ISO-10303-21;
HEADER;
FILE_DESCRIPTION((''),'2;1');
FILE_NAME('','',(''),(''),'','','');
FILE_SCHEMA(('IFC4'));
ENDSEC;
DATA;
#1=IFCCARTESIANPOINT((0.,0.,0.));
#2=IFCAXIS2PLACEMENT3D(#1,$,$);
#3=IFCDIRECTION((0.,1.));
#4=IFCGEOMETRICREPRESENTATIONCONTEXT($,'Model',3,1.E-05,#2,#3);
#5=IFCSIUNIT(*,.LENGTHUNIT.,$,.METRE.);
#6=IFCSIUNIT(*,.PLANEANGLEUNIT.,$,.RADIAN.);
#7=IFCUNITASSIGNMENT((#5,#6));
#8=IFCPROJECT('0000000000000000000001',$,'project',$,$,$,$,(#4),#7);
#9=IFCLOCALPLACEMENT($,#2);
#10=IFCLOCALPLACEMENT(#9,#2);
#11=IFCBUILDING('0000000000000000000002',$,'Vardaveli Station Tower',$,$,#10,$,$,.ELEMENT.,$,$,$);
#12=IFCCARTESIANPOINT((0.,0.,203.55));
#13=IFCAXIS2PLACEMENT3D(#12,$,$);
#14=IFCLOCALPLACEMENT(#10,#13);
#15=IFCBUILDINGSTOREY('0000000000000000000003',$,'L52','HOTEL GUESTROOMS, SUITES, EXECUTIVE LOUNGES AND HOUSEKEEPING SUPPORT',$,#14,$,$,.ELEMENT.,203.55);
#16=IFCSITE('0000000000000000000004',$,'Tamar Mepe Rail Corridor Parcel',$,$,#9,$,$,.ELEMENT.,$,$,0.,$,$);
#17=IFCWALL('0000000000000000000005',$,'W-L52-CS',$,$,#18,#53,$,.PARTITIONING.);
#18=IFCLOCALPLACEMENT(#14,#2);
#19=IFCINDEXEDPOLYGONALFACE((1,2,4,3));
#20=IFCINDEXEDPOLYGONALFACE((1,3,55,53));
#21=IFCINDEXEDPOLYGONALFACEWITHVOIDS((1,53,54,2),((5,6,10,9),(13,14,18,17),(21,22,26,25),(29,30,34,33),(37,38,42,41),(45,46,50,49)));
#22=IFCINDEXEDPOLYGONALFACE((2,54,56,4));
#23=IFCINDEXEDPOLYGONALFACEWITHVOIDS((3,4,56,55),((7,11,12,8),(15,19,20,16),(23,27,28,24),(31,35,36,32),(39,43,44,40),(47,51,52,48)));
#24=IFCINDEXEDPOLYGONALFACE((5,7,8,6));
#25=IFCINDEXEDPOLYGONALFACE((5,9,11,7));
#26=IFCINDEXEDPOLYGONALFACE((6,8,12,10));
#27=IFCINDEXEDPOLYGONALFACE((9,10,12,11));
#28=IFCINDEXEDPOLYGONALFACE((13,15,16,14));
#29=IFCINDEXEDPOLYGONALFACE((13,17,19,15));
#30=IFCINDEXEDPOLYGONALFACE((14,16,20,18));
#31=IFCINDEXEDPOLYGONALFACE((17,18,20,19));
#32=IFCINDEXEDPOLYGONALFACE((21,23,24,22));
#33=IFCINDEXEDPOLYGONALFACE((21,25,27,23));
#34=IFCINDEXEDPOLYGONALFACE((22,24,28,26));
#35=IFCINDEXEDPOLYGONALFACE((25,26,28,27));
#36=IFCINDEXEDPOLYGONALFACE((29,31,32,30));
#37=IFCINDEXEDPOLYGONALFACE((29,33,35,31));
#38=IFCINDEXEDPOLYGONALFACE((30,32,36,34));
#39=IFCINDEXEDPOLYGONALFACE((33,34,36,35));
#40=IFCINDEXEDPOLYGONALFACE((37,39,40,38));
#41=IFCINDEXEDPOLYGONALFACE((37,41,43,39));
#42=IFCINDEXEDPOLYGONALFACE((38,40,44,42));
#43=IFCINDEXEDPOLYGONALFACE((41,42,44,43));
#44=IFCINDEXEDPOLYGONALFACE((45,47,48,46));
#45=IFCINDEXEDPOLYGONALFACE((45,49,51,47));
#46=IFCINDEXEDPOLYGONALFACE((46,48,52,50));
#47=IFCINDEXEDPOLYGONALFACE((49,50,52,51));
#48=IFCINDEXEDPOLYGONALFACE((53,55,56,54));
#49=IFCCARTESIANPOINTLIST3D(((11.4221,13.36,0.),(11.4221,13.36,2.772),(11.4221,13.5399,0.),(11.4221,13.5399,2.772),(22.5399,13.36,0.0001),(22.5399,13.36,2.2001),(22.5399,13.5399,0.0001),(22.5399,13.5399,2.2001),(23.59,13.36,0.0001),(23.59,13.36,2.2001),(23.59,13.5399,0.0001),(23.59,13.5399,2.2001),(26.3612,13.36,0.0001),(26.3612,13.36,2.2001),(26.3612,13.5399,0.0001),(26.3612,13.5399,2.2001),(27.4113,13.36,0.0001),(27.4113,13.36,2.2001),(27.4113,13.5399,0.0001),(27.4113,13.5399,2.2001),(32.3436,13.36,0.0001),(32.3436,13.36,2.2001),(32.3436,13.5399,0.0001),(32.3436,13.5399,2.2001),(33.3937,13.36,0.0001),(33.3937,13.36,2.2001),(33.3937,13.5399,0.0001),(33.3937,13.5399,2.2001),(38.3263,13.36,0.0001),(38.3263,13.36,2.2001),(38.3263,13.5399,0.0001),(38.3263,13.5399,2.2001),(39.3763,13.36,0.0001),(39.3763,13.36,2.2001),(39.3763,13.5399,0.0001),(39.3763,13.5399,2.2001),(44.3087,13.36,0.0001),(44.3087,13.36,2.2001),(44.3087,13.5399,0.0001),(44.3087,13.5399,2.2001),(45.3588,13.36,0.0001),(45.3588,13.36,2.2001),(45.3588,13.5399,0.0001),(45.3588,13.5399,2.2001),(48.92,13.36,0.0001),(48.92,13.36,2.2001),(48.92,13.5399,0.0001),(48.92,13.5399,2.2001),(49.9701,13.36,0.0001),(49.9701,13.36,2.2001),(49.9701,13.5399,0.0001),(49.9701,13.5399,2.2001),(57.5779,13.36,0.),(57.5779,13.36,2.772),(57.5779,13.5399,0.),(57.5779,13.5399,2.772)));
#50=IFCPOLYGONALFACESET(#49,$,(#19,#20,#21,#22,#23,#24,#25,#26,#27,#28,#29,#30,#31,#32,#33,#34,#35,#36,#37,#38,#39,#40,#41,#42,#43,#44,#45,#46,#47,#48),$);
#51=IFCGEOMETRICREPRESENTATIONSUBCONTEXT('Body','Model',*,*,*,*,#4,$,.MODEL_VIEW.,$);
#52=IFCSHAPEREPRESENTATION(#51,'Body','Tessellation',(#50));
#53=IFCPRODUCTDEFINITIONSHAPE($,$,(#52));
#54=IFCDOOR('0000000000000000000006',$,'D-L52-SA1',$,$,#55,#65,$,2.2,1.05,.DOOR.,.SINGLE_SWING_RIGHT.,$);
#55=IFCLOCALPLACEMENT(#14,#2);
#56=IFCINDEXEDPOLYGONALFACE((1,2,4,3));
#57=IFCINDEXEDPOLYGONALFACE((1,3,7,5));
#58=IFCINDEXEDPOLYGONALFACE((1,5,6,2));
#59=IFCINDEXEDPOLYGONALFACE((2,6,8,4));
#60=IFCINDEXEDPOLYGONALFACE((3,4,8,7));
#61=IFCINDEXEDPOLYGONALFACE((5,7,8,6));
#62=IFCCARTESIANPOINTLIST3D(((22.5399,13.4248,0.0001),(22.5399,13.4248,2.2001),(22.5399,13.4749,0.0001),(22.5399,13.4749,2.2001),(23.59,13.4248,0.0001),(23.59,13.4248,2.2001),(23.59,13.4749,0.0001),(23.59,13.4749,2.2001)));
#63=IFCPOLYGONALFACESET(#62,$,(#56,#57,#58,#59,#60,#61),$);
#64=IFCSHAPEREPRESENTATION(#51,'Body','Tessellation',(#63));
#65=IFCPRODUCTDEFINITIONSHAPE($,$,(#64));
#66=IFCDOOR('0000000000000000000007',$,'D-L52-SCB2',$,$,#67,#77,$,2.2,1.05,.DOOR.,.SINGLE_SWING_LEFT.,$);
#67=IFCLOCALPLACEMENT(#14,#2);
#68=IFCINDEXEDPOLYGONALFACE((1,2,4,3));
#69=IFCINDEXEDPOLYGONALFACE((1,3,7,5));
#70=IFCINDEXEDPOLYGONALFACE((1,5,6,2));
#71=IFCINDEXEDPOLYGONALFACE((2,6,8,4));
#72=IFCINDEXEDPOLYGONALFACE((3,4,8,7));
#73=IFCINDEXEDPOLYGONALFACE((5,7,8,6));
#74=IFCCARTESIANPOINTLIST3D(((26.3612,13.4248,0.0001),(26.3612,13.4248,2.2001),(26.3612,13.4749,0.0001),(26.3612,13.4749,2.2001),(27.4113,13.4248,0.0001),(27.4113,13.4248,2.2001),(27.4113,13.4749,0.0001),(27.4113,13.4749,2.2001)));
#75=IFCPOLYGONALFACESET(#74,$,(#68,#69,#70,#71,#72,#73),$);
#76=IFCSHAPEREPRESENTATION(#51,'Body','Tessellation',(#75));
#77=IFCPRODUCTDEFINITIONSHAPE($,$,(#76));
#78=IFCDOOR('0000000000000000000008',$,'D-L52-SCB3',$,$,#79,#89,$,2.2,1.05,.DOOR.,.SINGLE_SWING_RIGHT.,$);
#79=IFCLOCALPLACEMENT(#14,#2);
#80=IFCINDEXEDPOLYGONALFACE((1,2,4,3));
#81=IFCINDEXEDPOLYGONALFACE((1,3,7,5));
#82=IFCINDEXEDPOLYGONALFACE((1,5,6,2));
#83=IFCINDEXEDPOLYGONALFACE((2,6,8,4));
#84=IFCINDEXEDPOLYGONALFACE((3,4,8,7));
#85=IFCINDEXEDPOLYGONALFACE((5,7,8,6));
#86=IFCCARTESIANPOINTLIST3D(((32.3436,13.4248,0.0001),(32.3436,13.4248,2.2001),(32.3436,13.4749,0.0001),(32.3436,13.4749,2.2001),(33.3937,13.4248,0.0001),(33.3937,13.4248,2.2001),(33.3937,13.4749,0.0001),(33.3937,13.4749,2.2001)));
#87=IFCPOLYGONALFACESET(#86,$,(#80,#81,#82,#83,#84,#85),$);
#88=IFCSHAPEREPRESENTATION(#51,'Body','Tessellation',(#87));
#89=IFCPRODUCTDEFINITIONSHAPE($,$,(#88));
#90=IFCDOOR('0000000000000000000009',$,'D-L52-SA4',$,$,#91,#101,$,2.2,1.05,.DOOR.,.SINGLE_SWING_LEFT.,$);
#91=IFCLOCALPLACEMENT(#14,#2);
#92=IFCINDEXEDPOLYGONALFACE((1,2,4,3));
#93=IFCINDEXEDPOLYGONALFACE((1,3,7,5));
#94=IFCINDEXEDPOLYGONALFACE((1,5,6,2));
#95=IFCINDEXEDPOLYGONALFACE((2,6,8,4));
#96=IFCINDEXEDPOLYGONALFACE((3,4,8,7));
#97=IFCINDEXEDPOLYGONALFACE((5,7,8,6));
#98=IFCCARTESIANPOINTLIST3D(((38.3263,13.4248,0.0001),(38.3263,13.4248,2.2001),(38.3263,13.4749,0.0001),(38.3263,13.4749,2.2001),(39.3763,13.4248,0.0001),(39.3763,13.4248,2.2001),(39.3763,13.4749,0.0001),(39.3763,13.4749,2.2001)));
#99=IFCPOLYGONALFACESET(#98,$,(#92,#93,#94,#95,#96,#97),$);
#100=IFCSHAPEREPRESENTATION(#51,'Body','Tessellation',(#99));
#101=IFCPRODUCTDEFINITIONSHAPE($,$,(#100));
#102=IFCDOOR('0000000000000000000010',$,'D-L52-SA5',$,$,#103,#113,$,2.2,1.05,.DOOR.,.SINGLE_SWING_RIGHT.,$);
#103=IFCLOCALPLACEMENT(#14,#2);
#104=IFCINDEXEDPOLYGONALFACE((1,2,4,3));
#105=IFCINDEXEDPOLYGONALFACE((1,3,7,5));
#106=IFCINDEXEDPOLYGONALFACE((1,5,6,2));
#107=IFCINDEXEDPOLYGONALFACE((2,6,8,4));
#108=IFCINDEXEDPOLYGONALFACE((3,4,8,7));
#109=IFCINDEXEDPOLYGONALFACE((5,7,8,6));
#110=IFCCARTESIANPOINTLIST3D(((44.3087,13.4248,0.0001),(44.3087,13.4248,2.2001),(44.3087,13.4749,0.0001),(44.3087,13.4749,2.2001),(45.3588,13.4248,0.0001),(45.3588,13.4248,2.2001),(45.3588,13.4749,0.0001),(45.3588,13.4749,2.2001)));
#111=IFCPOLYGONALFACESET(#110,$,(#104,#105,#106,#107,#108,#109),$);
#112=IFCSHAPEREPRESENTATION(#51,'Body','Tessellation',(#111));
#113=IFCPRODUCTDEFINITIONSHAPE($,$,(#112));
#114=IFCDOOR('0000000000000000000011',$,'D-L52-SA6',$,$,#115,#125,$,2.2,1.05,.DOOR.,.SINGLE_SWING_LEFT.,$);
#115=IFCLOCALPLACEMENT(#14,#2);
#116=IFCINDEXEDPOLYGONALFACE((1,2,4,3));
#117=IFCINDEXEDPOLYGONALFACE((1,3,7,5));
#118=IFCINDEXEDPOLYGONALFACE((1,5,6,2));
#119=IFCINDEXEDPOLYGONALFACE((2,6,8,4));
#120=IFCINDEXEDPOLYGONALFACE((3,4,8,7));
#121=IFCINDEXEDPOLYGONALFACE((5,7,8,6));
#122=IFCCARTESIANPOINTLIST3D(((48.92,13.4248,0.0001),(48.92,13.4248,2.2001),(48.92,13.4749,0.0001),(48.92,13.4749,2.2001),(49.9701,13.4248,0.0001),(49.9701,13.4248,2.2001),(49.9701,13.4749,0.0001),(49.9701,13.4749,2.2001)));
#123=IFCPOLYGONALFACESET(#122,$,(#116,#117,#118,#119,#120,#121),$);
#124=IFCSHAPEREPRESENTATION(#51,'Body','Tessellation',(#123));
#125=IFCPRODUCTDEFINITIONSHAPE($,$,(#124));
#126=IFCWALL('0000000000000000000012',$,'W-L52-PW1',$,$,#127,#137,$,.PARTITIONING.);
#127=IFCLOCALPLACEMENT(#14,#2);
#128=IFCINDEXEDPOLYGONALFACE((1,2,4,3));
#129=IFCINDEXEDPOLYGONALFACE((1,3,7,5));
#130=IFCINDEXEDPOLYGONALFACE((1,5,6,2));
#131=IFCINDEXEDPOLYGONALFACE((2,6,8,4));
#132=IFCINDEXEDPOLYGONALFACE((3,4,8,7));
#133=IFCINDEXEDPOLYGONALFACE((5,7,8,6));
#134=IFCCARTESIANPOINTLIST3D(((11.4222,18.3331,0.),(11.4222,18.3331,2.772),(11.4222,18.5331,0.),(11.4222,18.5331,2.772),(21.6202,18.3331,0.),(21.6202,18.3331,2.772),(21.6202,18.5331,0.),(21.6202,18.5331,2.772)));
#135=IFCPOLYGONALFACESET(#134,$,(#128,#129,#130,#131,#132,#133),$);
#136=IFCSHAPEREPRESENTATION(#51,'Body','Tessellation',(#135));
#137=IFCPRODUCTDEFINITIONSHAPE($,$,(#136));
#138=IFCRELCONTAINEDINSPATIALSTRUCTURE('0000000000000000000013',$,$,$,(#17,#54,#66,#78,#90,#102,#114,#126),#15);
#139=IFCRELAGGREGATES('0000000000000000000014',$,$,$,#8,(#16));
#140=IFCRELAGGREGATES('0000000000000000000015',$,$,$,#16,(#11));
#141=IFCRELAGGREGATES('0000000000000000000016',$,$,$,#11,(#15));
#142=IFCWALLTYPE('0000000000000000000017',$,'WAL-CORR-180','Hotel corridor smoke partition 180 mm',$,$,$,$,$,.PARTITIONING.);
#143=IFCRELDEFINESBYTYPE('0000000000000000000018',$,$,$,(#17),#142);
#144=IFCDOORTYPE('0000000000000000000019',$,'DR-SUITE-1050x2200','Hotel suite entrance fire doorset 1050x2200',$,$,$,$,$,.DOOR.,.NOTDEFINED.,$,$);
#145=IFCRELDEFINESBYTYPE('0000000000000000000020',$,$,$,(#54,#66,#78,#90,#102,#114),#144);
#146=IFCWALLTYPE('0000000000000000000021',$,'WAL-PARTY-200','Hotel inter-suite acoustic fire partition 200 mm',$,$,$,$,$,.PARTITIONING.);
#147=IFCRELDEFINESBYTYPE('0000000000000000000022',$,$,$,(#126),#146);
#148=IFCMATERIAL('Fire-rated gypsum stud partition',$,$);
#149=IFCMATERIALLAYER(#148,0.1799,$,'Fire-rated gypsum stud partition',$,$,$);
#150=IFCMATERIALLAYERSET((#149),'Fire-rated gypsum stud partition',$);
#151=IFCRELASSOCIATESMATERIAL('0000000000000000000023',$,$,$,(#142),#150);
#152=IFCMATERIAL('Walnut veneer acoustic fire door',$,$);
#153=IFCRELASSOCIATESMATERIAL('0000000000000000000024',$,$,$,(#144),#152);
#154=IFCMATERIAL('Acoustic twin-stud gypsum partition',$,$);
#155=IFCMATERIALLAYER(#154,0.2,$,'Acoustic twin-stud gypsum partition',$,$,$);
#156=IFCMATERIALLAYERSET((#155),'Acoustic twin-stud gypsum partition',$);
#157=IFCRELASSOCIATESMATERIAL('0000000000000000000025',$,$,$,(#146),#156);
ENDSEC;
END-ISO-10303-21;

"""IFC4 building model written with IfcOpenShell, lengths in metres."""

from ifc_helpers import new_model, si_unit, direction, frame, frame_2d, origin, place, context, subcontext, project, spatial, rectangle, extrude, source, transform, mapped, material, layer, layer_set, type_object, element, fill, save


model = new_model("IFC4")

# Units and contexts
model_context = context("Model", 3, precision=1e-05, world=origin(), true_north=direction((0.0, 1.0)))
body_context = subcontext(model_context, "Body", "Model", "MODEL_VIEW")
ifc_project = project(units=[si_unit("LENGTHUNIT", "METRE"), si_unit("PLANEANGLEUNIT", "RADIAN")], contexts=[model_context])

# Site, building, storey
site_placement = place(None, origin())
site = spatial("IfcSite", under=ifc_project, at=site_placement, Name="Tamar Mepe Rail Corridor Parcel", CompositionType="ELEMENT", RefElevation=0.0)
building_placement = place(site_placement, origin())
building = spatial("IfcBuilding", under=site, at=building_placement, Name="Vardaveli Station Tower", CompositionType="ELEMENT")
storey_placement = place(building_placement, frame((0.0, 0.0, 203.55)))
storey = spatial("IfcBuildingStorey", under=building, at=storey_placement, Name="L52", Description="HOTEL GUESTROOMS, SUITES, EXECUTIVE LOUNGES AND HOUSEKEEPING SUPPORT", CompositionType="ELEMENT", Elevation=203.55)

# Wall, openings, doors
ifc_material_1 = material(Name="Fire-rated gypsum stud partition")
ifc_layer_1 = layer(ifc_material_1, 0.1799, Name="Fire-rated gypsum stud partition")
ifc_layer_set_1 = layer_set([ifc_layer_1], Name="Fire-rated gypsum stud partition")
wall_type_1 = type_object("IfcWallType", Name="WAL-CORR-180", Description="Hotel corridor smoke partition 180 mm", PredefinedType="PARTITIONING", material=ifc_layer_set_1)
shared_shape_1 = source(origin(), body_context, "Body", "SweptSolid", [
    extrude(rectangle(XDim=46.1558, YDim=0.1799, at=frame_2d((23.0779, 0.0))), origin(), (0.0, 0.0, 1.0), 2.772),
])
wall_1_placement = place(storey_placement, frame((11.4221, 13.45, 0.0), z_axis=(0.0, 0.0, 1.0), x_axis=(1.0, 0.0, 0.0)))
wall_1 = element("IfcWall", 1, at=wall_1_placement, inside=storey, type_object=wall_type_1, Name="W-L52-CS", PredefinedType="PARTITIONING", context=body_context, shape_type="MappedRepresentation", body=[
    mapped(shared_shape_1, transform((0.0, 0.0, 0.0), scale=1.0)),
])
shared_shape_2 = source(origin(), body_context, "Body", "SweptSolid", [
    extrude(rectangle(XDim=1.05, YDim=2.2, at=frame_2d((0.5249, 1.1001))), frame((0.0, 0.1001, 0.0), z_axis=(0.0, -1.0, 0.0), x_axis=(1.0, 0.0, 0.0)), (0.0, 0.0, 1.0), 0.2),
])
opening_1_placement = place(wall_1_placement, frame((11.1179, 0.0, 0.0)))
opening_1 = element("IfcOpeningElement", 2, at=opening_1_placement, cuts=wall_1, PredefinedType="OPENING", context=body_context, shape_type="MappedRepresentation", body=[
    mapped(shared_shape_2, transform((0.0, 0.0, 0.0), scale=1.0)),
])
opening_2_placement = place(wall_1_placement, frame((14.9392, 0.0, 0.0)))
opening_2 = element("IfcOpeningElement", 3, at=opening_2_placement, cuts=wall_1, PredefinedType="OPENING", context=body_context, shape_type="MappedRepresentation", body=[
    mapped(shared_shape_2, transform((0.0, 0.0, 0.0), scale=1.0)),
])
opening_3_placement = place(wall_1_placement, frame((20.9216, 0.0, 0.0)))
opening_3 = element("IfcOpeningElement", 4, at=opening_3_placement, cuts=wall_1, PredefinedType="OPENING", context=body_context, shape_type="MappedRepresentation", body=[
    mapped(shared_shape_2, transform((0.0, 0.0, 0.0), scale=1.0)),
])
opening_4_placement = place(wall_1_placement, frame((26.9043, 0.0, 0.0)))
opening_4 = element("IfcOpeningElement", 5, at=opening_4_placement, cuts=wall_1, PredefinedType="OPENING", context=body_context, shape_type="MappedRepresentation", body=[
    mapped(shared_shape_2, transform((0.0, 0.0, 0.0), scale=1.0)),
])
opening_5_placement = place(wall_1_placement, frame((32.8867, 0.0, 0.0)))
opening_5 = element("IfcOpeningElement", 6, at=opening_5_placement, cuts=wall_1, PredefinedType="OPENING", context=body_context, shape_type="MappedRepresentation", body=[
    mapped(shared_shape_2, transform((0.0, 0.0, 0.0), scale=1.0)),
])
opening_6_placement = place(wall_1_placement, frame((37.498, 0.0, 0.0)))
opening_6 = element("IfcOpeningElement", 7, at=opening_6_placement, cuts=wall_1, PredefinedType="OPENING", context=body_context, shape_type="MappedRepresentation", body=[
    mapped(shared_shape_2, transform((0.0, 0.0, 0.0), scale=1.0)),
])
ifc_material_2 = material(Name="Walnut veneer acoustic fire door")
door_type = type_object("IfcDoorType", Name="DR-SUITE-1050x2200", Description="Hotel suite entrance fire doorset 1050x2200", OperationType="NOTDEFINED", PredefinedType="DOOR", material=ifc_material_2)
shared_shape_3 = source(origin(), body_context, "Body", "SweptSolid", [
    extrude(rectangle(XDim=1.05, YDim=2.2, at=frame_2d((0.5249, 1.1001))), frame((0.0, 0.0249, 0.0), z_axis=(0.0, -1.0, 0.0), x_axis=(1.0, 0.0, 0.0)), (0.0, 0.0, 1.0), 0.05),
])
door_1_placement = place(opening_1_placement, origin())
door_1 = element("IfcDoor", 8, at=door_1_placement, inside=storey, type_object=door_type, Name="D-L52-SA1", OperationType="SINGLE_SWING_RIGHT", OverallHeight=2.2, OverallWidth=1.05, PredefinedType="DOOR", context=body_context, shape_type="MappedRepresentation", body=[
    mapped(shared_shape_3, transform((0.0, 0.0, 0.0), scale=1.0)),
])
fill(opening_1, door_1)
door_2_placement = place(opening_2_placement, origin())
door_2 = element("IfcDoor", 9, at=door_2_placement, inside=storey, type_object=door_type, Name="D-L52-SCB2", OperationType="SINGLE_SWING_LEFT", OverallHeight=2.2, OverallWidth=1.05, PredefinedType="DOOR", context=body_context, shape_type="MappedRepresentation", body=[
    mapped(shared_shape_3, transform((0.0, 0.0, 0.0), scale=1.0)),
])
fill(opening_2, door_2)
door_3_placement = place(opening_3_placement, origin())
door_3 = element("IfcDoor", 10, at=door_3_placement, inside=storey, type_object=door_type, Name="D-L52-SCB3", OperationType="SINGLE_SWING_RIGHT", OverallHeight=2.2, OverallWidth=1.05, PredefinedType="DOOR", context=body_context, shape_type="MappedRepresentation", body=[
    mapped(shared_shape_3, transform((0.0, 0.0, 0.0), scale=1.0)),
])
fill(opening_3, door_3)
door_4_placement = place(opening_4_placement, origin())
door_4 = element("IfcDoor", 11, at=door_4_placement, inside=storey, type_object=door_type, Name="D-L52-SA4", OperationType="SINGLE_SWING_LEFT", OverallHeight=2.2, OverallWidth=1.05, PredefinedType="DOOR", context=body_context, shape_type="MappedRepresentation", body=[
    mapped(shared_shape_3, transform((0.0, 0.0, 0.0), scale=1.0)),
])
fill(opening_4, door_4)
door_5_placement = place(opening_5_placement, origin())
door_5 = element("IfcDoor", 12, at=door_5_placement, inside=storey, type_object=door_type, Name="D-L52-SA5", OperationType="SINGLE_SWING_RIGHT", OverallHeight=2.2, OverallWidth=1.05, PredefinedType="DOOR", context=body_context, shape_type="MappedRepresentation", body=[
    mapped(shared_shape_3, transform((0.0, 0.0, 0.0), scale=1.0)),
])
fill(opening_5, door_5)
door_6_placement = place(opening_6_placement, origin())
door_6 = element("IfcDoor", 13, at=door_6_placement, inside=storey, type_object=door_type, Name="D-L52-SA6", OperationType="SINGLE_SWING_LEFT", OverallHeight=2.2, OverallWidth=1.05, PredefinedType="DOOR", context=body_context, shape_type="MappedRepresentation", body=[
    mapped(shared_shape_3, transform((0.0, 0.0, 0.0), scale=1.0)),
])
fill(opening_6, door_6)

# Wall
ifc_material_3 = material(Name="Acoustic twin-stud gypsum partition")
ifc_layer_2 = layer(ifc_material_3, 0.2, Name="Acoustic twin-stud gypsum partition")
ifc_layer_set_2 = layer_set([ifc_layer_2], Name="Acoustic twin-stud gypsum partition")
wall_type_2 = type_object("IfcWallType", Name="WAL-PARTY-200", Description="Hotel inter-suite acoustic fire partition 200 mm", PredefinedType="PARTITIONING", material=ifc_layer_set_2)
shared_shape_4 = source(origin(), body_context, "Body", "SweptSolid", [
    extrude(rectangle(XDim=10.198, YDim=0.2, at=frame_2d((5.0991, 0.0))), origin(), (0.0, 0.0, 1.0), 2.772),
])
wall_2_placement = place(storey_placement, frame((11.4221, 18.4331, 0.0), z_axis=(0.0, 0.0, 1.0), x_axis=(1.0, 0.0, 0.0)))
element("IfcWall", 14, at=wall_2_placement, inside=storey, type_object=wall_type_2, Name="W-L52-PW1", PredefinedType="PARTITIONING", context=body_context, shape_type="MappedRepresentation", body=[
    mapped(shared_shape_4, transform((0.0, 0.0, 0.0), scale=1.0)),
])

save(model, "model.ifc")
